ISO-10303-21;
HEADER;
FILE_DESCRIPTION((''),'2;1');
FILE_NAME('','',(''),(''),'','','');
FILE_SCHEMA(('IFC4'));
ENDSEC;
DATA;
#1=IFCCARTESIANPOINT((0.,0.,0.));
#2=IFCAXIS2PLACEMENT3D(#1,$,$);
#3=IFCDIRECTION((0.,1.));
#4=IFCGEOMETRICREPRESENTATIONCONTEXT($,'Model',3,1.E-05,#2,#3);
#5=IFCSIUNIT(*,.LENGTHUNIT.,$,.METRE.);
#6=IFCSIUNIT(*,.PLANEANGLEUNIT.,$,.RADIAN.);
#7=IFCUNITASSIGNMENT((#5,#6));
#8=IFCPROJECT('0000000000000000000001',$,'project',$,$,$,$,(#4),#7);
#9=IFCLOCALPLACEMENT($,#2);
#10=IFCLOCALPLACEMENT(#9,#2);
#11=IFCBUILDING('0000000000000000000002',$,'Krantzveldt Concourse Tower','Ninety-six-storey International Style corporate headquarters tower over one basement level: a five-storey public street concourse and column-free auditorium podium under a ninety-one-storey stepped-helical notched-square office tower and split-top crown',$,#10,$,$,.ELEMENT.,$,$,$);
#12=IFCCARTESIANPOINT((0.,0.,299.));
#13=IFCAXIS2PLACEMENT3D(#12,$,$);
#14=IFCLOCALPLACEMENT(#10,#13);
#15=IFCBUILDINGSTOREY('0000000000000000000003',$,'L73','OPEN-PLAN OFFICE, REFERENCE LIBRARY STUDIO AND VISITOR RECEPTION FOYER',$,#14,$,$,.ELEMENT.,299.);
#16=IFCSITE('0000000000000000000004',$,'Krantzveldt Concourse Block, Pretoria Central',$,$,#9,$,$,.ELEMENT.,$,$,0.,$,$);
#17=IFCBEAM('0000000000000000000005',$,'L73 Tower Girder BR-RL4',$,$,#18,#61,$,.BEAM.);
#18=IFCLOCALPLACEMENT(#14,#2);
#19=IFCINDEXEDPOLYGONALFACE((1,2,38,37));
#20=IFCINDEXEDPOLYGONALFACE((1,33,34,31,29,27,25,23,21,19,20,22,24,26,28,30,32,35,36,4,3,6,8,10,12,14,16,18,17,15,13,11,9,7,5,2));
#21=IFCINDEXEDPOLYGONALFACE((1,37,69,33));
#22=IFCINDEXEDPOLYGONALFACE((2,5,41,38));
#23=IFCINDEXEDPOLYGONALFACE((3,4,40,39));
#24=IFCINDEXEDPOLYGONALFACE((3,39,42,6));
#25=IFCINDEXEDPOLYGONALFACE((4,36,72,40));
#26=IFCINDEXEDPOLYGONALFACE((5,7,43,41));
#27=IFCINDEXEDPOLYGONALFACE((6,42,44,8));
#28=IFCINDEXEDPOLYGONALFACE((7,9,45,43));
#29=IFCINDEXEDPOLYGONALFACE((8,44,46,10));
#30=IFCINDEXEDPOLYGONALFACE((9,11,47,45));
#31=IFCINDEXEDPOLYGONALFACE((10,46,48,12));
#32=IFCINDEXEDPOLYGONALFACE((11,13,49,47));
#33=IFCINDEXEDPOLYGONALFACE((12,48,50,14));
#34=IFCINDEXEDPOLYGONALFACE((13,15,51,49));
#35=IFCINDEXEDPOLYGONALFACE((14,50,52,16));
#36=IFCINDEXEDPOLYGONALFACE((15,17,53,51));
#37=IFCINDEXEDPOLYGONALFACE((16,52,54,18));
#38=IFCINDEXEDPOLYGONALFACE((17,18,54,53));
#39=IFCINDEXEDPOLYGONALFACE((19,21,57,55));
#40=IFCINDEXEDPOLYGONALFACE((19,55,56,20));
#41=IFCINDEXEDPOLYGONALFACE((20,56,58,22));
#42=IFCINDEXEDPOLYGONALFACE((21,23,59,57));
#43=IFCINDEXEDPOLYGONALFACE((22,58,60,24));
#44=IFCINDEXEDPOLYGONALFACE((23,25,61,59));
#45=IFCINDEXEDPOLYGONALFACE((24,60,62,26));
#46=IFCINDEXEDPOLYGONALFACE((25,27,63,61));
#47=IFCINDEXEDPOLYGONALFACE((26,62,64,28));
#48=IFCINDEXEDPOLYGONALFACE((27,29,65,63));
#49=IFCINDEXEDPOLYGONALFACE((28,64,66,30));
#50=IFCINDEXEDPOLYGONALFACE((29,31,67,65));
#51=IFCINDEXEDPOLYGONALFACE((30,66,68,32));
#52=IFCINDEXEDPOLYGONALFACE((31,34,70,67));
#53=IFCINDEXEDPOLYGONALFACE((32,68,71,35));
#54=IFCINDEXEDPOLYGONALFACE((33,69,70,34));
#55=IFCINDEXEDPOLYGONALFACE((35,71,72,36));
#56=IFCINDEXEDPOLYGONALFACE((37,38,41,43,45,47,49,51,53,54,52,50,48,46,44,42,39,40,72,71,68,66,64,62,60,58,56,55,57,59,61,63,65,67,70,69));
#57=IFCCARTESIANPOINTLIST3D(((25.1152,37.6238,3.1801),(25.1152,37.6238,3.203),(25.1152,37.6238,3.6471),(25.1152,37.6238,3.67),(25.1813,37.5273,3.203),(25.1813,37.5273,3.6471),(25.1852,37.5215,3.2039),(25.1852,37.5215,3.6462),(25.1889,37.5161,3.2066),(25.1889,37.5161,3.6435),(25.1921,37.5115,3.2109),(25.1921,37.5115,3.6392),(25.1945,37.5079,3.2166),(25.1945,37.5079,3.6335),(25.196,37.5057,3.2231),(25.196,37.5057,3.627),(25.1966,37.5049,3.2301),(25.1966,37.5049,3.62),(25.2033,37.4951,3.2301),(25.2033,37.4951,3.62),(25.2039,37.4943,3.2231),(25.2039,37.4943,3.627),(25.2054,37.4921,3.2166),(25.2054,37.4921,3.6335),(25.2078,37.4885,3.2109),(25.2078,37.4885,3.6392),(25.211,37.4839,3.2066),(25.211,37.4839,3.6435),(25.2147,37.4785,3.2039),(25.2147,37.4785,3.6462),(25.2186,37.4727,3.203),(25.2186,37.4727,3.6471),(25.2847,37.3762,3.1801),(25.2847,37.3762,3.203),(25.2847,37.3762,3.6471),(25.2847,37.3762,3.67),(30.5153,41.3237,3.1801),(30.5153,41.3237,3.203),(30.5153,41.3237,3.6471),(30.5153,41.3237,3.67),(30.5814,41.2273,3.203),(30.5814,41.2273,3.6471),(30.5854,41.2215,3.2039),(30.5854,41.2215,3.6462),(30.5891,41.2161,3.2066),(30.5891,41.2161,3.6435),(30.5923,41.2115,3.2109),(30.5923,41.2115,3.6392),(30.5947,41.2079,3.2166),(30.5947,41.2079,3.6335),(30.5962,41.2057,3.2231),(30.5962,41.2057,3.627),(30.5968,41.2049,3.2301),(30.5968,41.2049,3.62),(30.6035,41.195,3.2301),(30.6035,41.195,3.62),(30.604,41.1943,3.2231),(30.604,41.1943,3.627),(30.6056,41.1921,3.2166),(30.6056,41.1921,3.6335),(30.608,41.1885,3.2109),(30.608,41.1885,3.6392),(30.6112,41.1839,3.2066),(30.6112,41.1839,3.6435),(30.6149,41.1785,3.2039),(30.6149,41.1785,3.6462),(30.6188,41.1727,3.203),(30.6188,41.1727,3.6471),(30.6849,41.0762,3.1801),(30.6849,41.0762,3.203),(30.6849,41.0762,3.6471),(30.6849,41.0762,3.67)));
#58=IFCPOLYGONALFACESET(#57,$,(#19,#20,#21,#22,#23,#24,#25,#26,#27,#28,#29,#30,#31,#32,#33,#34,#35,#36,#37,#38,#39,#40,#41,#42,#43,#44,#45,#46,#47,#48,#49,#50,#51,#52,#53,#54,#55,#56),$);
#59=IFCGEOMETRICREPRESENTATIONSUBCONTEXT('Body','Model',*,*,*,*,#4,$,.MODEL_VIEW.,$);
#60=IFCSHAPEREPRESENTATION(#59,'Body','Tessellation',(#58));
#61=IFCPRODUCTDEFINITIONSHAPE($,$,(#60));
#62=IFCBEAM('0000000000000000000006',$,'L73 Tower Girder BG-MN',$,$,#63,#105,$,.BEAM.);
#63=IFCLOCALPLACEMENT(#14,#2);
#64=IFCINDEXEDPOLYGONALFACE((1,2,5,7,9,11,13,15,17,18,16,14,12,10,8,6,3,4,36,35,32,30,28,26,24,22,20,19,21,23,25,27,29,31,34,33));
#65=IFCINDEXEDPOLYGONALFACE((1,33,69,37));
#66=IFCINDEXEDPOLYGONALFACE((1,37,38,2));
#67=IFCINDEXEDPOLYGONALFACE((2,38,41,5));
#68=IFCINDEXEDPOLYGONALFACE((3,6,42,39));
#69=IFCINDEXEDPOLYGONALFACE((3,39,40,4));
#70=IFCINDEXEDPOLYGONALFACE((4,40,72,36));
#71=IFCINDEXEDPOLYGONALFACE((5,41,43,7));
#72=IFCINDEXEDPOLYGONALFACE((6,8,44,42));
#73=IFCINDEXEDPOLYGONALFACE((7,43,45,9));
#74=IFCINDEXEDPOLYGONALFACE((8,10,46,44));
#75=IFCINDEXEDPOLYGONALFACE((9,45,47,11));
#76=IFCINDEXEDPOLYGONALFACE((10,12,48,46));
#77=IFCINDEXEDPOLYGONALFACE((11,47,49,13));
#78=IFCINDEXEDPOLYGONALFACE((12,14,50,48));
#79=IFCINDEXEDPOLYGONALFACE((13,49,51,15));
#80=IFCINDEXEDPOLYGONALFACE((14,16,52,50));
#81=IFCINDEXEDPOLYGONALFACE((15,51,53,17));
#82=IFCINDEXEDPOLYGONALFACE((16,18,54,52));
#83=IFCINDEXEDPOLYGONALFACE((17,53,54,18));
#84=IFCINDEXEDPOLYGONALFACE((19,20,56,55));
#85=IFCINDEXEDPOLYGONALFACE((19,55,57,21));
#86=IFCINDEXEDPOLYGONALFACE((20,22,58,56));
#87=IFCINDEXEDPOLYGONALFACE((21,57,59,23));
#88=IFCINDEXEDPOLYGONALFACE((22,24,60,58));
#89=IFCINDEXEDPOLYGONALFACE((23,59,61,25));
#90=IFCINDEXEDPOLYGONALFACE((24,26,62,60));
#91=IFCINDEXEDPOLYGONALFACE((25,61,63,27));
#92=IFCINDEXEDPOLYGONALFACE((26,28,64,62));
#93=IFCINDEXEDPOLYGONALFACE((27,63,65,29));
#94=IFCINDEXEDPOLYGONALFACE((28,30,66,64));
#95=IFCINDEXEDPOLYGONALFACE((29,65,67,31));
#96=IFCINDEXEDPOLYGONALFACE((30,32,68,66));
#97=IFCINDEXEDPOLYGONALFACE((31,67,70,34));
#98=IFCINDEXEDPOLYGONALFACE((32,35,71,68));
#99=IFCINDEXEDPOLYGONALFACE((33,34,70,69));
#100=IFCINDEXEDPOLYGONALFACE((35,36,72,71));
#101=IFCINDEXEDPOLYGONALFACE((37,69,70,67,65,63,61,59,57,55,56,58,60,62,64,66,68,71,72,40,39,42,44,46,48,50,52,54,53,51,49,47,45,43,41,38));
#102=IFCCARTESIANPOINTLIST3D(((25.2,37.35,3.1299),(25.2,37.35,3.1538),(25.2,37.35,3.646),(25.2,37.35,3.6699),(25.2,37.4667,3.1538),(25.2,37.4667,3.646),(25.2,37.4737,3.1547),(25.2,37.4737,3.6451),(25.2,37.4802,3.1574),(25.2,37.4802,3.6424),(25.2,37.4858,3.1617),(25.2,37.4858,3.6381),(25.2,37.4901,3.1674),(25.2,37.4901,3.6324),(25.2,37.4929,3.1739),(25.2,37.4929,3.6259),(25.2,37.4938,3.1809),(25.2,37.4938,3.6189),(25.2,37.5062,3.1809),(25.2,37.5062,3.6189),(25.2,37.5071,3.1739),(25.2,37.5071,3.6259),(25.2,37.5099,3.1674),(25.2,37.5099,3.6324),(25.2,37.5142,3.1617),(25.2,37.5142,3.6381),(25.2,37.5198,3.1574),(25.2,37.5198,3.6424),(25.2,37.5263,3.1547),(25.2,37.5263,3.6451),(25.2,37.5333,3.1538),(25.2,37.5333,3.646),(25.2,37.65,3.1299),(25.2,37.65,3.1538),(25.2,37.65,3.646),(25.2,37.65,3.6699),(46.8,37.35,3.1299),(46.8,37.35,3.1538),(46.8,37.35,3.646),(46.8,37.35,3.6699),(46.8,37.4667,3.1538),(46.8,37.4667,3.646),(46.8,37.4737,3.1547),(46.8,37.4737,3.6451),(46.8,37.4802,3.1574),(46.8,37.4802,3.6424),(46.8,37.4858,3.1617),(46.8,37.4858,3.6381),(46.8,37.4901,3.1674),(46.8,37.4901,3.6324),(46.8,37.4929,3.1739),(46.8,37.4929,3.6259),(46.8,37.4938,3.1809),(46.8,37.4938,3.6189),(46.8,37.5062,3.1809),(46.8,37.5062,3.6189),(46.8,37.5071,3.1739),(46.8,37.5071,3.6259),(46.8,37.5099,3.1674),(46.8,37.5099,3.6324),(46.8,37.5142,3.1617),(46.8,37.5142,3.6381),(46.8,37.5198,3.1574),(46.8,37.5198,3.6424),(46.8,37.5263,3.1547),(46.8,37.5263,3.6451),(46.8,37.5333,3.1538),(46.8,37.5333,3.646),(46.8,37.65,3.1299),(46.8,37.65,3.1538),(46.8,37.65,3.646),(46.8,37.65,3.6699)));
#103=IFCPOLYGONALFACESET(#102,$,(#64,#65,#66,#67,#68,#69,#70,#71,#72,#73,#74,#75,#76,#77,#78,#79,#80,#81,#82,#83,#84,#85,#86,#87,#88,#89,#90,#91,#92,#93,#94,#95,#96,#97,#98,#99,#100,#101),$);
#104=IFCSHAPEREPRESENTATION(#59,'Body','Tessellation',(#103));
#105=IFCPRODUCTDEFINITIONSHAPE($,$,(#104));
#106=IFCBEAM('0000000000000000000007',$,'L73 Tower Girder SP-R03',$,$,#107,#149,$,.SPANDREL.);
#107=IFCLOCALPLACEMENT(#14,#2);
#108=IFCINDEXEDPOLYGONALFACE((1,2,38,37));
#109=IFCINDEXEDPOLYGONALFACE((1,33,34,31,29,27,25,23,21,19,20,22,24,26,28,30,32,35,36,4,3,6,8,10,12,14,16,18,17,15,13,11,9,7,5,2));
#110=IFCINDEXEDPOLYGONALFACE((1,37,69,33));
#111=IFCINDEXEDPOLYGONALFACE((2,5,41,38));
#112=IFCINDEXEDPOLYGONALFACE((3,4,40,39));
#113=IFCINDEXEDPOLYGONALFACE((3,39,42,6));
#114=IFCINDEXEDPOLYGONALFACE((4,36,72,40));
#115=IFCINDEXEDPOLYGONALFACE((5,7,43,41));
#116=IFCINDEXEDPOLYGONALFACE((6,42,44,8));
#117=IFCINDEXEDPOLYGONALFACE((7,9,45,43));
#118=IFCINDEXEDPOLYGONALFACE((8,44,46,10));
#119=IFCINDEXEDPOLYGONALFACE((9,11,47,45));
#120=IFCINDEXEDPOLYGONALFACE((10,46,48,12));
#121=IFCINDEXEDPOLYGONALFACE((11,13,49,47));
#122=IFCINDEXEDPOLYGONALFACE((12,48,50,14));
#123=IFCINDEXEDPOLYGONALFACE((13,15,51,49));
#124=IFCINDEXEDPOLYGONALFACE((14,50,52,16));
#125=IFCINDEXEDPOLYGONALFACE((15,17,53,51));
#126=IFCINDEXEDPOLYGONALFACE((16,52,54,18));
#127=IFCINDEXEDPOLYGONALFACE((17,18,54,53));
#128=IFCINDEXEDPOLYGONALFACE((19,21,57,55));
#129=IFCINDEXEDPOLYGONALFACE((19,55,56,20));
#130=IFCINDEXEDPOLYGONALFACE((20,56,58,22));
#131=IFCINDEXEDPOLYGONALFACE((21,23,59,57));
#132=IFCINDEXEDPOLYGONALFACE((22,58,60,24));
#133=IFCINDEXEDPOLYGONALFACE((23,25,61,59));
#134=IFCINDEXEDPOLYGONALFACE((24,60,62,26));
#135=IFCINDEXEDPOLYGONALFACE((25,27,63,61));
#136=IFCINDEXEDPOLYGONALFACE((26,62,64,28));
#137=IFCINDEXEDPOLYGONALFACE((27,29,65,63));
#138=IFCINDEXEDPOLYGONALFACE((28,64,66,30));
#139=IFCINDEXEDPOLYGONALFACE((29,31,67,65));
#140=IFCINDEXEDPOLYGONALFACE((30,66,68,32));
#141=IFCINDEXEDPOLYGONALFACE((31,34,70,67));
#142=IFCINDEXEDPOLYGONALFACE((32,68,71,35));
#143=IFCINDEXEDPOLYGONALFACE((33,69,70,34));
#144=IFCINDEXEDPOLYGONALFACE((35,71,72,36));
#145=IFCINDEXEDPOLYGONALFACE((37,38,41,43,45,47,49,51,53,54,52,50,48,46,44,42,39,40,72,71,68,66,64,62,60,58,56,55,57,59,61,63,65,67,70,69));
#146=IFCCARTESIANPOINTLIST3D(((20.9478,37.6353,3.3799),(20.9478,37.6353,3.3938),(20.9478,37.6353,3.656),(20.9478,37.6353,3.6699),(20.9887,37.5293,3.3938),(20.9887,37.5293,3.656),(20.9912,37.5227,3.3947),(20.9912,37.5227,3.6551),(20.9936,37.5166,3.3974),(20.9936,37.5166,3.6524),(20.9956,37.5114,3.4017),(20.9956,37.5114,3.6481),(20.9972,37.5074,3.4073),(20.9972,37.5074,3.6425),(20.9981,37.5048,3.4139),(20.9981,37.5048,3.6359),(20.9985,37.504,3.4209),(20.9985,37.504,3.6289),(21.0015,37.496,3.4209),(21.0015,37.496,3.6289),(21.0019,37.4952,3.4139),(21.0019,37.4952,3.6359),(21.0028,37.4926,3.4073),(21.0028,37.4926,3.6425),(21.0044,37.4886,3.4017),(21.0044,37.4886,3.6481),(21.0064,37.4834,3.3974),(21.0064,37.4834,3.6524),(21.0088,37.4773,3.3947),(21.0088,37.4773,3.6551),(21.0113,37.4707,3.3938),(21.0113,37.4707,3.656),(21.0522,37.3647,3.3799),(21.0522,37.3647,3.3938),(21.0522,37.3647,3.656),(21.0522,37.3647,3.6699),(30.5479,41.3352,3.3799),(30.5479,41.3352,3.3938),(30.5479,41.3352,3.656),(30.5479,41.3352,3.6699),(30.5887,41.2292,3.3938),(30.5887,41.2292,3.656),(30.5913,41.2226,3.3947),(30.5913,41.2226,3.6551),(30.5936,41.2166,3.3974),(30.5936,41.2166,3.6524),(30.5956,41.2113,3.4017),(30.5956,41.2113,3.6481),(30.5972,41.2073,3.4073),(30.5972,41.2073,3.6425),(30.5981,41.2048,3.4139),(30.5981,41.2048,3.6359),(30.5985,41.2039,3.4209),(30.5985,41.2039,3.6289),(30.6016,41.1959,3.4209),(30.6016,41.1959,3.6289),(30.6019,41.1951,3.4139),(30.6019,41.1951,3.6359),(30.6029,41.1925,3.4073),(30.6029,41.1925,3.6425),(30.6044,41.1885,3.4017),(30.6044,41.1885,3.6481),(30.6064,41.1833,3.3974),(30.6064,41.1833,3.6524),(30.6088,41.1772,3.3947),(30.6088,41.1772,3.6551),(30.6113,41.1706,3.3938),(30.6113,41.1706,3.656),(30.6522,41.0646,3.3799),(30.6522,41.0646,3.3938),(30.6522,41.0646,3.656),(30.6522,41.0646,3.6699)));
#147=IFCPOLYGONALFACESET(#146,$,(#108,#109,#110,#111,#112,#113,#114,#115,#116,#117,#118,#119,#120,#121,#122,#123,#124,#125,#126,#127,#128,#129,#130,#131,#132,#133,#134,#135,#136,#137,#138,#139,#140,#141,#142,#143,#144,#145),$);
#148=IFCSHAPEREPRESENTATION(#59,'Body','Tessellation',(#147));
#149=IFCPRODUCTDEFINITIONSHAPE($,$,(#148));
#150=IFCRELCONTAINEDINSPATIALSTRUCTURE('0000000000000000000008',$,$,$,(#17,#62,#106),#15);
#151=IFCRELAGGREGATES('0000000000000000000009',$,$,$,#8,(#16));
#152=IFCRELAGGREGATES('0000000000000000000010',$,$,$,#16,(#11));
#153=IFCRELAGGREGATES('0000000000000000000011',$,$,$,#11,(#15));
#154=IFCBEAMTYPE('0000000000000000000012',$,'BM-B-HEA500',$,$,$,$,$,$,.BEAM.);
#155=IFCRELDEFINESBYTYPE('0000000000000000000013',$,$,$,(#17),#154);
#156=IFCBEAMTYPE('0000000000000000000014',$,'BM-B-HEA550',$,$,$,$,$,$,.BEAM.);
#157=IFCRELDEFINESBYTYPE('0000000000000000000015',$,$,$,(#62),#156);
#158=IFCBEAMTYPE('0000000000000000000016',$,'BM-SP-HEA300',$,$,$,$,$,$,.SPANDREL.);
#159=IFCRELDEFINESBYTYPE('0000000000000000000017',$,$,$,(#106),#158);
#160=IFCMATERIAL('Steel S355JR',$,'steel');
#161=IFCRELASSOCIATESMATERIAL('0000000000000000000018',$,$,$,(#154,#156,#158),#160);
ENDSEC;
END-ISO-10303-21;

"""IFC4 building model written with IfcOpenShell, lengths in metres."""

from ifc_helpers import new_model, si_unit, direction, frame, origin, origin_2d, place, context, subcontext, project, spatial, i_section, extrude, source, transform, mapped, material, material_profile, profile_set, type_object, type_shapes, element, save


model = new_model("IFC4")

# Units and contexts
model_context = context("Model", 3, precision=1e-05, world=origin(), true_north=direction((0.0, 1.0)))
body_context = subcontext(model_context, "Body", "Model", "MODEL_VIEW")
ifc_project = project(units=[si_unit("LENGTHUNIT", "METRE"), si_unit("PLANEANGLEUNIT", "RADIAN")], contexts=[model_context])

# Site, building, storey
site_placement = place(None, origin())
site = spatial("IfcSite", under=ifc_project, at=site_placement, Name="Krantzveldt Concourse Block, Pretoria Central", CompositionType="ELEMENT", RefElevation=0.0)
building_placement = place(site_placement, origin())
building = spatial("IfcBuilding", under=site, at=building_placement, Name="Krantzveldt Concourse Tower", Description="Ninety-six-storey International Style corporate headquarters tower over one basement level: a five-storey public street concourse and column-free auditorium podium under a ninety-one-storey stepped-helical notched-square office tower and split-top crown", CompositionType="ELEMENT")
storey_placement = place(building_placement, frame((0.0, 0.0, 299.0)))
storey = spatial("IfcBuildingStorey", under=building, at=storey_placement, Name="L73", Description="OPEN-PLAN OFFICE, REFERENCE LIBRARY STUDIO AND VISITOR RECEPTION FOYER", CompositionType="ELEMENT", Elevation=299.0)

# Beams
ifc_material_1 = material(Name="Steel S355JR", Category="steel")
ifc_material_profile_1 = material_profile(ifc_material_1, i_section(OverallWidth=0.3, OverallDepth=0.49, WebThickness=0.012, FlangeThickness=0.0229, FilletRadius=0.0271, at=origin_2d()), Name="Steel S355JR", Category="steel")
ifc_profile_set_1 = profile_set([ifc_material_profile_1], Name="Steel S355JR - HEA 500")
beam_type_1 = type_object("IfcBeamType", Name="BM-B-HEA500", PredefinedType="BEAM", material=ifc_profile_set_1)
shared_shape_1 = source(origin(), body_context, "Body", "SweptSolid", [
    extrude(i_section(OverallWidth=0.3, OverallDepth=0.49, WebThickness=0.012, FlangeThickness=0.0229, FilletRadius=0.0271, at=origin_2d()), origin(), (0.0, 0.0, 1.0), 6.5461),
])
beam_1_placement = place(storey_placement, frame((25.2, 37.5, 3.425), z_axis=(0.824943, 0.565216, 0.0), x_axis=(-0.565216, 0.824943, 0.0)))
element("IfcBeam", 1, at=beam_1_placement, inside=storey, type_object=beam_type_1, Name="L73 Tower Girder BR-RL4", PredefinedType="BEAM", context=body_context, shape_type="MappedRepresentation", body=[
    mapped(shared_shape_1, transform((0.0, 0.0, 0.0), x_axis=(1.0, 0.0, 0.0), y_axis=(0.0, 1.0, 0.0), z_axis=(0.0, 0.0, 1.0), scale=1.0)),
])
ifc_material_profile_2 = material_profile(ifc_material_1, i_section(OverallWidth=0.3, OverallDepth=0.54, WebThickness=0.0125, FlangeThickness=0.0239, FilletRadius=0.0271, at=origin_2d()), Name="Steel S355JR", Category="steel")
ifc_profile_set_2 = profile_set([ifc_material_profile_2], Name="Steel S355JR - HEA 550")
beam_type_2 = type_object("IfcBeamType", Name="BM-B-HEA550", PredefinedType="BEAM", material=ifc_profile_set_2)
shared_shape_2 = source(origin(), body_context, "Body", "SweptSolid", [
    extrude(i_section(OverallWidth=0.3, OverallDepth=0.54, WebThickness=0.0125, FlangeThickness=0.0239, FilletRadius=0.0271, at=origin_2d()), origin(), (0.0, 0.0, 1.0), 21.6001),
])
type_shapes(beam_type_2, [shared_shape_2])
beam_2_placement = place(storey_placement, frame((25.2, 37.5, 3.3999), z_axis=(1.0, 0.0, 0.0), x_axis=(0.0, 1.0, 0.0)))
element("IfcBeam", 2, at=beam_2_placement, inside=storey, type_object=beam_type_2, Name="L73 Tower Girder BG-MN", PredefinedType="BEAM", context=body_context, shape_type="MappedRepresentation", body=[
    mapped(shared_shape_2, transform((0.0, 0.0, 0.0), x_axis=(1.0, 0.0, 0.0), y_axis=(0.0, 1.0, 0.0), z_axis=(0.0, 0.0, 1.0), scale=1.0)),
])
ifc_material_profile_3 = material_profile(ifc_material_1, i_section(OverallWidth=0.29, OverallDepth=0.29, WebThickness=0.0085, FlangeThickness=0.0139, FilletRadius=0.0271, at=origin_2d()), Name="Steel S355JR", Category="steel")
ifc_profile_set_3 = profile_set([ifc_material_profile_3], Name="Steel S355JR - HEA 300")
beam_type_3 = type_object("IfcBeamType", Name="BM-SP-HEA300", PredefinedType="SPANDREL", material=ifc_profile_set_3)
shared_shape_3 = source(origin(), body_context, "Body", "SweptSolid", [
    extrude(i_section(OverallWidth=0.29, OverallDepth=0.29, WebThickness=0.0085, FlangeThickness=0.0139, FilletRadius=0.0271, at=origin_2d()), origin(), (0.0, 0.0, 1.0), 10.2883),
])
beam_3_placement = place(storey_placement, frame((21.0, 37.5, 3.5249), z_axis=(0.933098, 0.359623, 0.0), x_axis=(-0.359623, 0.933098, 0.0)))
element("IfcBeam", 3, at=beam_3_placement, inside=storey, type_object=beam_type_3, Name="L73 Tower Girder SP-R03", PredefinedType="SPANDREL", context=body_context, shape_type="MappedRepresentation", body=[
    mapped(shared_shape_3, transform((0.0, 0.0, 0.0), x_axis=(1.0, 0.0, 0.0), y_axis=(0.0, 1.0, 0.0), z_axis=(0.0, 0.0, 1.0), scale=1.0)),
])

save(model, "model.ifc")
